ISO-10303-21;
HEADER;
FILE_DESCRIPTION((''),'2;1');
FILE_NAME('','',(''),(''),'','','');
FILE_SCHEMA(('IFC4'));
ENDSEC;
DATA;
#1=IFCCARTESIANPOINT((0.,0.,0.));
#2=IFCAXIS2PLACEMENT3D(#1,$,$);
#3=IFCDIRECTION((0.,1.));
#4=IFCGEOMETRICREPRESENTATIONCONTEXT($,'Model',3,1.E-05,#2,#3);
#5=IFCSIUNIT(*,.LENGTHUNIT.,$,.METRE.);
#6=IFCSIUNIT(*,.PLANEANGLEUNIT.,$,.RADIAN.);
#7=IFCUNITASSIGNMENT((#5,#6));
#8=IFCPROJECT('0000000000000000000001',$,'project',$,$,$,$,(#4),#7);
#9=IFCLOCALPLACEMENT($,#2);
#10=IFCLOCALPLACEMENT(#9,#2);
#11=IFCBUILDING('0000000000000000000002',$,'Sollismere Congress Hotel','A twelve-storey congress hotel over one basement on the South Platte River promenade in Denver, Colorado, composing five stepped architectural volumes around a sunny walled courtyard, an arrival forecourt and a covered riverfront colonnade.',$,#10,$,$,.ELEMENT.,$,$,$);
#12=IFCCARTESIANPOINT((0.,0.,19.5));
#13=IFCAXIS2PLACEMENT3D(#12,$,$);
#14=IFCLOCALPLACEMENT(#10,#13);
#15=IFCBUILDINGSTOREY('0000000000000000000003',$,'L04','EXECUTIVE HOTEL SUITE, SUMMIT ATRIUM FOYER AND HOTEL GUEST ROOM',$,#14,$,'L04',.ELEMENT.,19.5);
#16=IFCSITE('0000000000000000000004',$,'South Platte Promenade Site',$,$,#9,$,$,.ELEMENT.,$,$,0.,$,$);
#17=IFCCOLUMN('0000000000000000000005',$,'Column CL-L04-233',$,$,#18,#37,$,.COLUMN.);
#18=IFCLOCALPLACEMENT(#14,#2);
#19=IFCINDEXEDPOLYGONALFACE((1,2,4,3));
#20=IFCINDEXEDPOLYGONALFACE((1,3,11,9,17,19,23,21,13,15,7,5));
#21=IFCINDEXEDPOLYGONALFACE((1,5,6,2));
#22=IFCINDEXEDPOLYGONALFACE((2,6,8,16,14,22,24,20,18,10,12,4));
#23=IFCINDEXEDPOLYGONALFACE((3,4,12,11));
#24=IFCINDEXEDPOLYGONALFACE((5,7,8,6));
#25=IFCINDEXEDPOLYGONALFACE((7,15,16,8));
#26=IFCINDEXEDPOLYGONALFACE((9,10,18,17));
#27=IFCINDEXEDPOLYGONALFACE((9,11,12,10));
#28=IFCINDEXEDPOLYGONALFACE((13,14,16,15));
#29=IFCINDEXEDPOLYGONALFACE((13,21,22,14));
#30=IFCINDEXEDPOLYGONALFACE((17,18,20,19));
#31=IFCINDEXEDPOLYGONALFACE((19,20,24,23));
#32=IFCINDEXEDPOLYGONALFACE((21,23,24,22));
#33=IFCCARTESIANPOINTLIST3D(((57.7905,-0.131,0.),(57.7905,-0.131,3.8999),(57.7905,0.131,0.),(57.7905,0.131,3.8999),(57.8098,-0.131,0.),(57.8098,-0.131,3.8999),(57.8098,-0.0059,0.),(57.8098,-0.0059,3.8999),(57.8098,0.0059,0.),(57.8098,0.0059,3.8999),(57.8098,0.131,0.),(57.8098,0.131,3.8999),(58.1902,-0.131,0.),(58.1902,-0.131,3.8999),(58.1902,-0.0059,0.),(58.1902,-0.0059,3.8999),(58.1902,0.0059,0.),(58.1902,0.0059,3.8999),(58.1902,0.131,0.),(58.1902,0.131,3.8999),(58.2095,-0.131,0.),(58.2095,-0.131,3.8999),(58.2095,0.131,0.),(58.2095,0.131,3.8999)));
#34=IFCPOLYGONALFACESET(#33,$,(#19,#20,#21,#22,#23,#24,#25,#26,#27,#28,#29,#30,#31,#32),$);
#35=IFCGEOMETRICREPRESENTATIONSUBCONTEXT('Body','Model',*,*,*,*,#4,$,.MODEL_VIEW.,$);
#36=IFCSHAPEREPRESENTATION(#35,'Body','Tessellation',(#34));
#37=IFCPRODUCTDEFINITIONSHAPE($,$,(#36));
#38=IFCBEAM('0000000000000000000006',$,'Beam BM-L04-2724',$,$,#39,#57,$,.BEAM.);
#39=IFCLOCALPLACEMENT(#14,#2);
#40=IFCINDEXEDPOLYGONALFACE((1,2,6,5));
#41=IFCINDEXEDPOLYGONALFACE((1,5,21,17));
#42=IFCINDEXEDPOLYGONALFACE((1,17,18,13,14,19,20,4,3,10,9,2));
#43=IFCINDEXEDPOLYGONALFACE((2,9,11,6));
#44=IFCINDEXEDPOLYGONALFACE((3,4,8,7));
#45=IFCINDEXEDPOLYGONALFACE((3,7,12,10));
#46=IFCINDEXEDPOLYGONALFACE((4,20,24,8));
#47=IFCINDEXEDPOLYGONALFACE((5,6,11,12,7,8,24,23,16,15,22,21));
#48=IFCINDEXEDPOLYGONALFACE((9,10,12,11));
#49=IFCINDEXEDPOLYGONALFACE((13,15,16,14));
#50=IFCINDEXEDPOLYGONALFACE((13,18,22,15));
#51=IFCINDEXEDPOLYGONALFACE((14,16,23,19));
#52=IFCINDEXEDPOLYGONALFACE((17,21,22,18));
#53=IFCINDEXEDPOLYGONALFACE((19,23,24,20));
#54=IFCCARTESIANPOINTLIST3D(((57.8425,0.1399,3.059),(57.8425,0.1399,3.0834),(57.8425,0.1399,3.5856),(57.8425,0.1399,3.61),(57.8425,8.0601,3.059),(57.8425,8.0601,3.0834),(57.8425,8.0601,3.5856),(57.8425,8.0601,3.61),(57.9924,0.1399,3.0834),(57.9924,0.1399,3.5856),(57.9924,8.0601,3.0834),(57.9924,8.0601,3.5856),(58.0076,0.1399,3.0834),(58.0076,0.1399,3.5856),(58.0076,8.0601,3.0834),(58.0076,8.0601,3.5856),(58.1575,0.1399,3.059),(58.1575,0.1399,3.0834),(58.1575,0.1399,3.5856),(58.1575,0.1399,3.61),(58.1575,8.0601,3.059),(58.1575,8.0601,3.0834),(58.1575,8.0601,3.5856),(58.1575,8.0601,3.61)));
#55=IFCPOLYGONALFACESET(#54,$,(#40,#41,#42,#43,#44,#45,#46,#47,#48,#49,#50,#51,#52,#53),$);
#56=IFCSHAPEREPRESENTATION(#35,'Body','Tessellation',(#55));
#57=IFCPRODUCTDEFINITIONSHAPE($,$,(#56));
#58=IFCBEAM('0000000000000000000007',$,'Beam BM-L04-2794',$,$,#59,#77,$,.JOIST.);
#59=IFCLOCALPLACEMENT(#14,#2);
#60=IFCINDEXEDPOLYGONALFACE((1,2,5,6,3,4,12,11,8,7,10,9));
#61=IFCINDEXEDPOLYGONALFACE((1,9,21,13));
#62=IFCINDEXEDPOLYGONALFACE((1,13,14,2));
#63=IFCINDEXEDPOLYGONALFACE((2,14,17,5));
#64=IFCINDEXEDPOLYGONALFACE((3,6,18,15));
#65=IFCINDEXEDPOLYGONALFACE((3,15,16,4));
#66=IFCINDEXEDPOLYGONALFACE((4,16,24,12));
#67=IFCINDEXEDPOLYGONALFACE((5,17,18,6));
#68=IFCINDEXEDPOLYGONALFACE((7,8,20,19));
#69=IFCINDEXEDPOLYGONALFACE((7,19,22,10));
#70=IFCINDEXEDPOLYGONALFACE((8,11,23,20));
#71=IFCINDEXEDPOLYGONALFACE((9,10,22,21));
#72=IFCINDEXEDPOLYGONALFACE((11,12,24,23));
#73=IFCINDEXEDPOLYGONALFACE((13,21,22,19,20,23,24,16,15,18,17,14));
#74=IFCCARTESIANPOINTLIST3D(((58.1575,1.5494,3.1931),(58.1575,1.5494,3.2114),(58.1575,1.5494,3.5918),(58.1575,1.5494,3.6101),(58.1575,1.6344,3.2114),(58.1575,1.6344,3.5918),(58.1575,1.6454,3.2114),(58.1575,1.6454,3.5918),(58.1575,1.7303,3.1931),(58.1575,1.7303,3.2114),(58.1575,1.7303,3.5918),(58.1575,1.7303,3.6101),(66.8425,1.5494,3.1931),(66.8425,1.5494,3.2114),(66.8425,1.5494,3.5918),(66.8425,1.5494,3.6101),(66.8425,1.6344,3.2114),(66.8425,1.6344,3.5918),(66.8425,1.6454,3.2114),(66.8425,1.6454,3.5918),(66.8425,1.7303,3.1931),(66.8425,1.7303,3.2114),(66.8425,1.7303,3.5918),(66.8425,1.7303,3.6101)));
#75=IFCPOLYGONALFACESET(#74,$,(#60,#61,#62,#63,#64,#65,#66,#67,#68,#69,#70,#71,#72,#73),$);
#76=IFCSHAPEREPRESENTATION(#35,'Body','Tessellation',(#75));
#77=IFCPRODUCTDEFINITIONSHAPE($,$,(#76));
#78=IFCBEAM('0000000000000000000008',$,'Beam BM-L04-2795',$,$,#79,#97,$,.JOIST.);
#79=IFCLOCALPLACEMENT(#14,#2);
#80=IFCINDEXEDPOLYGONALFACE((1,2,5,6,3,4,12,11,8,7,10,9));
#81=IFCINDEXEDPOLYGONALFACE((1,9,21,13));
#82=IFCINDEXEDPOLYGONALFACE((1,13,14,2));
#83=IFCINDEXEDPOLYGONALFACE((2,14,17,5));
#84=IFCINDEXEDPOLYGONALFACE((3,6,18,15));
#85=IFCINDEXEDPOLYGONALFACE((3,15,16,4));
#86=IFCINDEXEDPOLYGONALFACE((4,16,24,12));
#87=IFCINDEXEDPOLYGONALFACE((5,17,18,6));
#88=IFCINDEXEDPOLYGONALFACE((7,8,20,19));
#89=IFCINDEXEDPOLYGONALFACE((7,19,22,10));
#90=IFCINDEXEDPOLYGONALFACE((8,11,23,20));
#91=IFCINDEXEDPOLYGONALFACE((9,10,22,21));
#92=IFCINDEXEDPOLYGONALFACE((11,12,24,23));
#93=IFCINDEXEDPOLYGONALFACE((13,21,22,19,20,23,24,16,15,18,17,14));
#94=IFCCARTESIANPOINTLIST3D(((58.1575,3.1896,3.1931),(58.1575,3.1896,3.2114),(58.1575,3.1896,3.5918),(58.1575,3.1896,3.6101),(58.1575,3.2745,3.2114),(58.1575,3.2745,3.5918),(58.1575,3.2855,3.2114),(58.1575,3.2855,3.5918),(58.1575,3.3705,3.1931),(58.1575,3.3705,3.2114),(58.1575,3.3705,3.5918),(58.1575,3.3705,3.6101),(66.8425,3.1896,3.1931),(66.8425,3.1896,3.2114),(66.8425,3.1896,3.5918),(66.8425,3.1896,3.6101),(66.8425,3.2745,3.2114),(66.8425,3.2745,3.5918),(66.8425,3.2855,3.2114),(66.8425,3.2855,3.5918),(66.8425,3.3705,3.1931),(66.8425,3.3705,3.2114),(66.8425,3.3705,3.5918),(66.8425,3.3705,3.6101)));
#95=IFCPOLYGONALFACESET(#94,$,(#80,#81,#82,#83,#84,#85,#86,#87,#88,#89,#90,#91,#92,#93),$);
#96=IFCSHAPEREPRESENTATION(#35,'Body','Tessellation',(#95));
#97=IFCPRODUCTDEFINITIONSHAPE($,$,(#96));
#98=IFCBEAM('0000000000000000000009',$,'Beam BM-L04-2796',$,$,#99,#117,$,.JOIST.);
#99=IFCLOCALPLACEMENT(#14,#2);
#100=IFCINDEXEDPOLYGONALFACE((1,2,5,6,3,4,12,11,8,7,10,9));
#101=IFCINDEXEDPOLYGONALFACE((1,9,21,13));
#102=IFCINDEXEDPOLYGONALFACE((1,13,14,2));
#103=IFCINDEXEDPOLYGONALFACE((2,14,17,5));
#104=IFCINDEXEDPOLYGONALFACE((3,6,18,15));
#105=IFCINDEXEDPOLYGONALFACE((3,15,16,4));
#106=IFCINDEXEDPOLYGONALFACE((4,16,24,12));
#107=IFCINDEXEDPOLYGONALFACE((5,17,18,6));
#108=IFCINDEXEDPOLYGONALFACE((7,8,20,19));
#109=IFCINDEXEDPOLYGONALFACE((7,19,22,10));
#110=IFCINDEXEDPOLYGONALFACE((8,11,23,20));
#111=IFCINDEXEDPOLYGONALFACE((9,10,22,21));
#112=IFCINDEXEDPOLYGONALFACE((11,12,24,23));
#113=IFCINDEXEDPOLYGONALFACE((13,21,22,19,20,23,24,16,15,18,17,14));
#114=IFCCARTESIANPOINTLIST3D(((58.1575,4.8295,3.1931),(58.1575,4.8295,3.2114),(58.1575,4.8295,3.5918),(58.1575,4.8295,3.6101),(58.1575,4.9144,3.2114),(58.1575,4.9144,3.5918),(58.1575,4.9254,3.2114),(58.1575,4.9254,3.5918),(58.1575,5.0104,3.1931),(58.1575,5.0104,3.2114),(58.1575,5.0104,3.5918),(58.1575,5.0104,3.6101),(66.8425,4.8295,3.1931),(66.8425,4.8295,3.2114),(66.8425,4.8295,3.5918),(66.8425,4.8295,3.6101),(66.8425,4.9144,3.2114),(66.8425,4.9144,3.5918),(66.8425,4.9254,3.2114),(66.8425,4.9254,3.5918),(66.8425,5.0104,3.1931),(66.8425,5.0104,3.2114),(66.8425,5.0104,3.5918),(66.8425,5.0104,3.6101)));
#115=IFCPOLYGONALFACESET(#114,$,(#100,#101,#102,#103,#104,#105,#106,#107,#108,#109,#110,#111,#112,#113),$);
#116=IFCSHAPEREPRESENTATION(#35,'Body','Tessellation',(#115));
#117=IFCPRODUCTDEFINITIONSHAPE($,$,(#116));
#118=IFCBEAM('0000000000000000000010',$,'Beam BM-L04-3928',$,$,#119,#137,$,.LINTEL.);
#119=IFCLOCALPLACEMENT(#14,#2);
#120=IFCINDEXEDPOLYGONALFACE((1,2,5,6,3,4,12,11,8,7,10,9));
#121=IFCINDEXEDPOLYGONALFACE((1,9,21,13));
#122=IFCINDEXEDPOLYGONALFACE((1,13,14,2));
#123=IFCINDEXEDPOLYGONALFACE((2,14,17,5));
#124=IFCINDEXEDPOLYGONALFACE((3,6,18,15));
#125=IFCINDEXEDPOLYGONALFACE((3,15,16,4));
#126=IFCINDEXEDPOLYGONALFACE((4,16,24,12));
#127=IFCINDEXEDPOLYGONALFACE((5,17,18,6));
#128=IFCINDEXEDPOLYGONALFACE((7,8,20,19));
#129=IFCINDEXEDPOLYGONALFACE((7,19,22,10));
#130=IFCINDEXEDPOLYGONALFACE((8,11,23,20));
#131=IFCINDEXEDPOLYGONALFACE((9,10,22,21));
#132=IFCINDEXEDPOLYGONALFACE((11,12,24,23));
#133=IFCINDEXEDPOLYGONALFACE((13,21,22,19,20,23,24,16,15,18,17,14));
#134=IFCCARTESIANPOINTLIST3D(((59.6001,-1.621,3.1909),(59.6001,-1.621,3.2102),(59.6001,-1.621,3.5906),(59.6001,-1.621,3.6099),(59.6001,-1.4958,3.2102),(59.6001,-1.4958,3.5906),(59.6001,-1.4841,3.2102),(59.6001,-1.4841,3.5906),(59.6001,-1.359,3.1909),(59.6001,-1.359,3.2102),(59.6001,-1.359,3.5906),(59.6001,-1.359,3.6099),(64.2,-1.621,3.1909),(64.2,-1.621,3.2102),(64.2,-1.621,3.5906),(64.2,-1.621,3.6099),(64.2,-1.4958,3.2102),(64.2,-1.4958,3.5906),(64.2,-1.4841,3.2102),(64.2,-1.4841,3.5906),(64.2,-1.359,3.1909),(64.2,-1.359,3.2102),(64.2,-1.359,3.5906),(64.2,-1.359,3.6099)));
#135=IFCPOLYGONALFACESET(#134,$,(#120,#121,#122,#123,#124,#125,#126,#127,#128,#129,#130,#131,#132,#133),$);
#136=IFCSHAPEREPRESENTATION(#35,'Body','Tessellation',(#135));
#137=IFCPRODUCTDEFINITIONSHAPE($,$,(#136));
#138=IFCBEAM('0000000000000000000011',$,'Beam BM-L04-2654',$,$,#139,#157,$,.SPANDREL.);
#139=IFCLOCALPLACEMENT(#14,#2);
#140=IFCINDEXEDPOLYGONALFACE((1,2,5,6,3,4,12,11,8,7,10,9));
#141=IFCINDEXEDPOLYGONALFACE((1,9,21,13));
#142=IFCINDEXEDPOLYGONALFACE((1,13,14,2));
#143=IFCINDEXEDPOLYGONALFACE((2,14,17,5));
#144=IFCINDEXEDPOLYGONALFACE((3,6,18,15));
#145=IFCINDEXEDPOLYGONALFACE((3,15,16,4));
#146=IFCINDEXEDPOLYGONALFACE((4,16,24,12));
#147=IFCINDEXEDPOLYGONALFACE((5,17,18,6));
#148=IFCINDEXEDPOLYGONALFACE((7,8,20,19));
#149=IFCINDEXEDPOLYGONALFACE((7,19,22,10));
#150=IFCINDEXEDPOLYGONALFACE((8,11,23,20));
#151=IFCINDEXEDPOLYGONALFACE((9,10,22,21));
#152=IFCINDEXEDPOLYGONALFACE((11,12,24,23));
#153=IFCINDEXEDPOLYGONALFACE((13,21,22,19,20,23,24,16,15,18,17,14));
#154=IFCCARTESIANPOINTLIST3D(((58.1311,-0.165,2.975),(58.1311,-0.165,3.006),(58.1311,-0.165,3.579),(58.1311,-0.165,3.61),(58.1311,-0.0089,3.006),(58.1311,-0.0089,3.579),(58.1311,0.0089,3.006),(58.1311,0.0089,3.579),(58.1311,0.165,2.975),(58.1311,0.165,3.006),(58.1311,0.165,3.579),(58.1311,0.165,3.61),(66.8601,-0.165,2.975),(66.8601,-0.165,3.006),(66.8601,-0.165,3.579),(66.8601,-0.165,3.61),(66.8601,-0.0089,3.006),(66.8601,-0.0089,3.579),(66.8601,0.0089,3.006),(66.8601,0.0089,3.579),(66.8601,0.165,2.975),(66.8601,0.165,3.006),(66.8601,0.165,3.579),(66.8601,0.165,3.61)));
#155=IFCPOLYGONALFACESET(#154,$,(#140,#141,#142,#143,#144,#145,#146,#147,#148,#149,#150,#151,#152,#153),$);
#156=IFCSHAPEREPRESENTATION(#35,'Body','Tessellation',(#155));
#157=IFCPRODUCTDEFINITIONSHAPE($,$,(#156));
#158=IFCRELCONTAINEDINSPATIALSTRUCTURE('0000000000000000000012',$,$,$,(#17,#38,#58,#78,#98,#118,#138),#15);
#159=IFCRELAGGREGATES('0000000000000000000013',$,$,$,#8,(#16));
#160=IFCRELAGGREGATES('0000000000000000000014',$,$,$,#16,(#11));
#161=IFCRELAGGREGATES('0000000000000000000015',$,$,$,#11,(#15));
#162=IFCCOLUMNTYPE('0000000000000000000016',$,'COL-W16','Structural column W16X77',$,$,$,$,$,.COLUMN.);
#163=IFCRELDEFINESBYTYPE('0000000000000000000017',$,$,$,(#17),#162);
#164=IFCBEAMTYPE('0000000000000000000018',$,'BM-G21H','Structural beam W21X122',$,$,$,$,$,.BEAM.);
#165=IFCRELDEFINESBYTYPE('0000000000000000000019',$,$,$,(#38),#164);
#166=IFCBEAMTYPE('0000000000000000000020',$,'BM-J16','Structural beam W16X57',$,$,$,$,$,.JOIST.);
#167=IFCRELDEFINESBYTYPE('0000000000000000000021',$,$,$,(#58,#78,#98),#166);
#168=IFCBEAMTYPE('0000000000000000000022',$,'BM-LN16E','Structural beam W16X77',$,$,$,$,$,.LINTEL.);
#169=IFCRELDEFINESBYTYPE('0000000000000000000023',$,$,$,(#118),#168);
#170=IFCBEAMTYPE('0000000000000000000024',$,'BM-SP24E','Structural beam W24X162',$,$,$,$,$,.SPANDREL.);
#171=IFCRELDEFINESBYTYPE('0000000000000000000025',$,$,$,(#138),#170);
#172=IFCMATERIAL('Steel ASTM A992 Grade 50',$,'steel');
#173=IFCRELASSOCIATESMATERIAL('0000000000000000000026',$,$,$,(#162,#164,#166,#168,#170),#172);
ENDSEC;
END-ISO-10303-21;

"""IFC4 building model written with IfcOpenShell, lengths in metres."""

from ifc_helpers import new_model, si_unit, direction, frame, origin, origin_2d, place, context, subcontext, project, spatial, i_section, extrude, material, material_profile, profile_set, type_object, element, save


model = new_model("IFC4")

# Units and contexts
model_context = context("Model", 3, precision=1e-05, world=origin(), true_north=direction((0.0, 1.0)))
body_context = subcontext(model_context, "Body", "Model", "MODEL_VIEW")
ifc_project = project(units=[si_unit("LENGTHUNIT", "METRE"), si_unit("PLANEANGLEUNIT", "RADIAN")], contexts=[model_context])

# Site, building, storey
site_placement = place(None, origin())
site = spatial("IfcSite", under=ifc_project, at=site_placement, Name="South Platte Promenade Site", CompositionType="ELEMENT", RefElevation=0.0)
building_placement = place(site_placement, origin())
building = spatial("IfcBuilding", under=site, at=building_placement, Name="Sollismere Congress Hotel", Description="A twelve-storey congress hotel over one basement on the South Platte River promenade in Denver, Colorado, composing five stepped architectural volumes around a sunny walled courtyard, an arrival forecourt and a covered riverfront colonnade.", CompositionType="ELEMENT")
storey_placement = place(building_placement, frame((0.0, 0.0, 19.5)))
storey = spatial("IfcBuildingStorey", under=building, at=storey_placement, Name="L04", Description="EXECUTIVE HOTEL SUITE, SUMMIT ATRIUM FOYER AND HOTEL GUEST ROOM", LongName="L04", CompositionType="ELEMENT", Elevation=19.5)

# Column
ifc_material_1 = material(Name="Steel ASTM A992 Grade 50", Category="steel")
ifc_material_profile_1 = material_profile(ifc_material_1, i_section(OverallWidth=0.262, OverallDepth=0.4189, WebThickness=0.0117, FlangeThickness=0.0193, at=origin_2d()), Name="W16X77")
ifc_profile_set_1 = profile_set([ifc_material_profile_1], Name="Steel ASTM A992 Grade 50")
column_type = type_object("IfcColumnType", Name="COL-W16", Description="Structural column W16X77", PredefinedType="COLUMN", material=ifc_profile_set_1)
column_placement = place(storey_placement, frame((58.0, 0.0, 0.0), z_axis=(0.0, 0.0, 1.0), x_axis=(0.0, 1.0, 0.0)))
element("IfcColumn", 1, at=column_placement, inside=storey, type_object=column_type, Name="Column CL-L04-233", PredefinedType="COLUMN", context=body_context, shape_type="SweptSolid", body=[
    extrude(i_section(OverallWidth=0.262, OverallDepth=0.4189, WebThickness=0.0117, FlangeThickness=0.0193, at=origin_2d()), origin(), (0.0, 0.0, 1.0), 3.8999),
])

# Beams
ifc_material_profile_2 = material_profile(ifc_material_1, i_section(OverallWidth=0.3149, OverallDepth=0.551, WebThickness=0.0151, FlangeThickness=0.0244, at=origin_2d()), Name="W21X122")
ifc_profile_set_2 = profile_set([ifc_material_profile_2], Name="Steel ASTM A992 Grade 50")
beam_type_1 = type_object("IfcBeamType", Name="BM-G21H", Description="Structural beam W21X122", PredefinedType="BEAM", material=ifc_profile_set_2)
beam_1_placement = place(storey_placement, frame((58.0, 0.1399, 3.3345), z_axis=(0.0, 1.0, 0.0), x_axis=(-1.0, 0.0, 0.0)))
element("IfcBeam", 2, at=beam_1_placement, inside=storey, type_object=beam_type_1, Name="Beam BM-L04-2724", PredefinedType="BEAM", context=body_context, shape_type="SweptSolid", body=[
    extrude(i_section(OverallWidth=0.3149, OverallDepth=0.551, WebThickness=0.0151, FlangeThickness=0.0244, at=origin_2d()), origin(), (0.0, 0.0, 1.0), 7.9202),
])
ifc_material_profile_3 = material_profile(ifc_material_1, i_section(OverallWidth=0.1809, OverallDepth=0.417, WebThickness=0.011, FlangeThickness=0.0183, at=origin_2d()), Name="W16X57")
ifc_profile_set_3 = profile_set([ifc_material_profile_3], Name="Steel ASTM A992 Grade 50")
beam_type_2 = type_object("IfcBeamType", Name="BM-J16", Description="Structural beam W16X57", PredefinedType="JOIST", material=ifc_profile_set_3)
for number, where, z_axis, x_axis, name in (
    (3, (58.1575, 1.6399, 3.4016), (1.0, 0.0, 0.0), (0.0, 1.0, 0.0), "Beam BM-L04-2794"),
    (4, (58.1575, 3.28, 3.4016), (1.0, 0.0, 0.0), (0.0, 1.0, 0.0), "Beam BM-L04-2795"),
    (5, (58.1575, 4.9199, 3.4016), (1.0, 0.0, 0.0), (0.0, 1.0, 0.0), "Beam BM-L04-2796"),
):
    element("IfcBeam", number, at=place(storey_placement, frame(where, z_axis=z_axis, x_axis=x_axis)), inside=storey, type_object=beam_type_2, Name=name, PredefinedType="JOIST", context=body_context, shape_type="SweptSolid", body=[
        extrude(i_section(OverallWidth=0.1809, OverallDepth=0.417, WebThickness=0.011, FlangeThickness=0.0183, at=origin_2d()), origin(), (0.0, 0.0, 1.0), 8.6851),
    ])
ifc_material_profile_4 = material_profile(ifc_material_1, i_section(OverallWidth=0.262, OverallDepth=0.4189, WebThickness=0.0117, FlangeThickness=0.0193, at=origin_2d()), Name="W16X77")
ifc_profile_set_4 = profile_set([ifc_material_profile_4], Name="Steel ASTM A992 Grade 50")
beam_type_3 = type_object("IfcBeamType", Name="BM-LN16E", Description="Structural beam W16X77", PredefinedType="LINTEL", material=ifc_profile_set_4)
beam_2_placement = place(storey_placement, frame((59.6001, -1.49, 3.4004), z_axis=(1.0, 0.0, 0.0), x_axis=(0.0, 1.0, 0.0)))
element("IfcBeam", 6, at=beam_2_placement, inside=storey, type_object=beam_type_3, Name="Beam BM-L04-3928", PredefinedType="LINTEL", context=body_context, shape_type="SweptSolid", body=[
    extrude(i_section(OverallWidth=0.262, OverallDepth=0.4189, WebThickness=0.0117, FlangeThickness=0.0193, at=origin_2d()), origin(), (0.0, 0.0, 1.0), 4.5999),
])
ifc_material_profile_5 = material_profile(ifc_material_1, i_section(OverallWidth=0.3301, OverallDepth=0.635, WebThickness=0.0178, FlangeThickness=0.031, at=origin_2d()), Name="W24X162")
ifc_profile_set_5 = profile_set([ifc_material_profile_5], Name="Steel ASTM A992 Grade 50")
beam_type_4 = type_object("IfcBeamType", Name="BM-SP24E", Description="Structural beam W24X162", PredefinedType="SPANDREL", material=ifc_profile_set_5)
beam_3_placement = place(storey_placement, frame((58.1311, 0.0, 3.2925), z_axis=(1.0, 0.0, 0.0), x_axis=(0.0, 1.0, 0.0)))
element("IfcBeam", 7, at=beam_3_placement, inside=storey, type_object=beam_type_4, Name="Beam BM-L04-2654", PredefinedType="SPANDREL", context=body_context, shape_type="SweptSolid", body=[
    extrude(i_section(OverallWidth=0.3301, OverallDepth=0.635, WebThickness=0.0178, FlangeThickness=0.031, at=origin_2d()), origin(), (0.0, 0.0, 1.0), 8.729),
])

save(model, "model.ifc")
